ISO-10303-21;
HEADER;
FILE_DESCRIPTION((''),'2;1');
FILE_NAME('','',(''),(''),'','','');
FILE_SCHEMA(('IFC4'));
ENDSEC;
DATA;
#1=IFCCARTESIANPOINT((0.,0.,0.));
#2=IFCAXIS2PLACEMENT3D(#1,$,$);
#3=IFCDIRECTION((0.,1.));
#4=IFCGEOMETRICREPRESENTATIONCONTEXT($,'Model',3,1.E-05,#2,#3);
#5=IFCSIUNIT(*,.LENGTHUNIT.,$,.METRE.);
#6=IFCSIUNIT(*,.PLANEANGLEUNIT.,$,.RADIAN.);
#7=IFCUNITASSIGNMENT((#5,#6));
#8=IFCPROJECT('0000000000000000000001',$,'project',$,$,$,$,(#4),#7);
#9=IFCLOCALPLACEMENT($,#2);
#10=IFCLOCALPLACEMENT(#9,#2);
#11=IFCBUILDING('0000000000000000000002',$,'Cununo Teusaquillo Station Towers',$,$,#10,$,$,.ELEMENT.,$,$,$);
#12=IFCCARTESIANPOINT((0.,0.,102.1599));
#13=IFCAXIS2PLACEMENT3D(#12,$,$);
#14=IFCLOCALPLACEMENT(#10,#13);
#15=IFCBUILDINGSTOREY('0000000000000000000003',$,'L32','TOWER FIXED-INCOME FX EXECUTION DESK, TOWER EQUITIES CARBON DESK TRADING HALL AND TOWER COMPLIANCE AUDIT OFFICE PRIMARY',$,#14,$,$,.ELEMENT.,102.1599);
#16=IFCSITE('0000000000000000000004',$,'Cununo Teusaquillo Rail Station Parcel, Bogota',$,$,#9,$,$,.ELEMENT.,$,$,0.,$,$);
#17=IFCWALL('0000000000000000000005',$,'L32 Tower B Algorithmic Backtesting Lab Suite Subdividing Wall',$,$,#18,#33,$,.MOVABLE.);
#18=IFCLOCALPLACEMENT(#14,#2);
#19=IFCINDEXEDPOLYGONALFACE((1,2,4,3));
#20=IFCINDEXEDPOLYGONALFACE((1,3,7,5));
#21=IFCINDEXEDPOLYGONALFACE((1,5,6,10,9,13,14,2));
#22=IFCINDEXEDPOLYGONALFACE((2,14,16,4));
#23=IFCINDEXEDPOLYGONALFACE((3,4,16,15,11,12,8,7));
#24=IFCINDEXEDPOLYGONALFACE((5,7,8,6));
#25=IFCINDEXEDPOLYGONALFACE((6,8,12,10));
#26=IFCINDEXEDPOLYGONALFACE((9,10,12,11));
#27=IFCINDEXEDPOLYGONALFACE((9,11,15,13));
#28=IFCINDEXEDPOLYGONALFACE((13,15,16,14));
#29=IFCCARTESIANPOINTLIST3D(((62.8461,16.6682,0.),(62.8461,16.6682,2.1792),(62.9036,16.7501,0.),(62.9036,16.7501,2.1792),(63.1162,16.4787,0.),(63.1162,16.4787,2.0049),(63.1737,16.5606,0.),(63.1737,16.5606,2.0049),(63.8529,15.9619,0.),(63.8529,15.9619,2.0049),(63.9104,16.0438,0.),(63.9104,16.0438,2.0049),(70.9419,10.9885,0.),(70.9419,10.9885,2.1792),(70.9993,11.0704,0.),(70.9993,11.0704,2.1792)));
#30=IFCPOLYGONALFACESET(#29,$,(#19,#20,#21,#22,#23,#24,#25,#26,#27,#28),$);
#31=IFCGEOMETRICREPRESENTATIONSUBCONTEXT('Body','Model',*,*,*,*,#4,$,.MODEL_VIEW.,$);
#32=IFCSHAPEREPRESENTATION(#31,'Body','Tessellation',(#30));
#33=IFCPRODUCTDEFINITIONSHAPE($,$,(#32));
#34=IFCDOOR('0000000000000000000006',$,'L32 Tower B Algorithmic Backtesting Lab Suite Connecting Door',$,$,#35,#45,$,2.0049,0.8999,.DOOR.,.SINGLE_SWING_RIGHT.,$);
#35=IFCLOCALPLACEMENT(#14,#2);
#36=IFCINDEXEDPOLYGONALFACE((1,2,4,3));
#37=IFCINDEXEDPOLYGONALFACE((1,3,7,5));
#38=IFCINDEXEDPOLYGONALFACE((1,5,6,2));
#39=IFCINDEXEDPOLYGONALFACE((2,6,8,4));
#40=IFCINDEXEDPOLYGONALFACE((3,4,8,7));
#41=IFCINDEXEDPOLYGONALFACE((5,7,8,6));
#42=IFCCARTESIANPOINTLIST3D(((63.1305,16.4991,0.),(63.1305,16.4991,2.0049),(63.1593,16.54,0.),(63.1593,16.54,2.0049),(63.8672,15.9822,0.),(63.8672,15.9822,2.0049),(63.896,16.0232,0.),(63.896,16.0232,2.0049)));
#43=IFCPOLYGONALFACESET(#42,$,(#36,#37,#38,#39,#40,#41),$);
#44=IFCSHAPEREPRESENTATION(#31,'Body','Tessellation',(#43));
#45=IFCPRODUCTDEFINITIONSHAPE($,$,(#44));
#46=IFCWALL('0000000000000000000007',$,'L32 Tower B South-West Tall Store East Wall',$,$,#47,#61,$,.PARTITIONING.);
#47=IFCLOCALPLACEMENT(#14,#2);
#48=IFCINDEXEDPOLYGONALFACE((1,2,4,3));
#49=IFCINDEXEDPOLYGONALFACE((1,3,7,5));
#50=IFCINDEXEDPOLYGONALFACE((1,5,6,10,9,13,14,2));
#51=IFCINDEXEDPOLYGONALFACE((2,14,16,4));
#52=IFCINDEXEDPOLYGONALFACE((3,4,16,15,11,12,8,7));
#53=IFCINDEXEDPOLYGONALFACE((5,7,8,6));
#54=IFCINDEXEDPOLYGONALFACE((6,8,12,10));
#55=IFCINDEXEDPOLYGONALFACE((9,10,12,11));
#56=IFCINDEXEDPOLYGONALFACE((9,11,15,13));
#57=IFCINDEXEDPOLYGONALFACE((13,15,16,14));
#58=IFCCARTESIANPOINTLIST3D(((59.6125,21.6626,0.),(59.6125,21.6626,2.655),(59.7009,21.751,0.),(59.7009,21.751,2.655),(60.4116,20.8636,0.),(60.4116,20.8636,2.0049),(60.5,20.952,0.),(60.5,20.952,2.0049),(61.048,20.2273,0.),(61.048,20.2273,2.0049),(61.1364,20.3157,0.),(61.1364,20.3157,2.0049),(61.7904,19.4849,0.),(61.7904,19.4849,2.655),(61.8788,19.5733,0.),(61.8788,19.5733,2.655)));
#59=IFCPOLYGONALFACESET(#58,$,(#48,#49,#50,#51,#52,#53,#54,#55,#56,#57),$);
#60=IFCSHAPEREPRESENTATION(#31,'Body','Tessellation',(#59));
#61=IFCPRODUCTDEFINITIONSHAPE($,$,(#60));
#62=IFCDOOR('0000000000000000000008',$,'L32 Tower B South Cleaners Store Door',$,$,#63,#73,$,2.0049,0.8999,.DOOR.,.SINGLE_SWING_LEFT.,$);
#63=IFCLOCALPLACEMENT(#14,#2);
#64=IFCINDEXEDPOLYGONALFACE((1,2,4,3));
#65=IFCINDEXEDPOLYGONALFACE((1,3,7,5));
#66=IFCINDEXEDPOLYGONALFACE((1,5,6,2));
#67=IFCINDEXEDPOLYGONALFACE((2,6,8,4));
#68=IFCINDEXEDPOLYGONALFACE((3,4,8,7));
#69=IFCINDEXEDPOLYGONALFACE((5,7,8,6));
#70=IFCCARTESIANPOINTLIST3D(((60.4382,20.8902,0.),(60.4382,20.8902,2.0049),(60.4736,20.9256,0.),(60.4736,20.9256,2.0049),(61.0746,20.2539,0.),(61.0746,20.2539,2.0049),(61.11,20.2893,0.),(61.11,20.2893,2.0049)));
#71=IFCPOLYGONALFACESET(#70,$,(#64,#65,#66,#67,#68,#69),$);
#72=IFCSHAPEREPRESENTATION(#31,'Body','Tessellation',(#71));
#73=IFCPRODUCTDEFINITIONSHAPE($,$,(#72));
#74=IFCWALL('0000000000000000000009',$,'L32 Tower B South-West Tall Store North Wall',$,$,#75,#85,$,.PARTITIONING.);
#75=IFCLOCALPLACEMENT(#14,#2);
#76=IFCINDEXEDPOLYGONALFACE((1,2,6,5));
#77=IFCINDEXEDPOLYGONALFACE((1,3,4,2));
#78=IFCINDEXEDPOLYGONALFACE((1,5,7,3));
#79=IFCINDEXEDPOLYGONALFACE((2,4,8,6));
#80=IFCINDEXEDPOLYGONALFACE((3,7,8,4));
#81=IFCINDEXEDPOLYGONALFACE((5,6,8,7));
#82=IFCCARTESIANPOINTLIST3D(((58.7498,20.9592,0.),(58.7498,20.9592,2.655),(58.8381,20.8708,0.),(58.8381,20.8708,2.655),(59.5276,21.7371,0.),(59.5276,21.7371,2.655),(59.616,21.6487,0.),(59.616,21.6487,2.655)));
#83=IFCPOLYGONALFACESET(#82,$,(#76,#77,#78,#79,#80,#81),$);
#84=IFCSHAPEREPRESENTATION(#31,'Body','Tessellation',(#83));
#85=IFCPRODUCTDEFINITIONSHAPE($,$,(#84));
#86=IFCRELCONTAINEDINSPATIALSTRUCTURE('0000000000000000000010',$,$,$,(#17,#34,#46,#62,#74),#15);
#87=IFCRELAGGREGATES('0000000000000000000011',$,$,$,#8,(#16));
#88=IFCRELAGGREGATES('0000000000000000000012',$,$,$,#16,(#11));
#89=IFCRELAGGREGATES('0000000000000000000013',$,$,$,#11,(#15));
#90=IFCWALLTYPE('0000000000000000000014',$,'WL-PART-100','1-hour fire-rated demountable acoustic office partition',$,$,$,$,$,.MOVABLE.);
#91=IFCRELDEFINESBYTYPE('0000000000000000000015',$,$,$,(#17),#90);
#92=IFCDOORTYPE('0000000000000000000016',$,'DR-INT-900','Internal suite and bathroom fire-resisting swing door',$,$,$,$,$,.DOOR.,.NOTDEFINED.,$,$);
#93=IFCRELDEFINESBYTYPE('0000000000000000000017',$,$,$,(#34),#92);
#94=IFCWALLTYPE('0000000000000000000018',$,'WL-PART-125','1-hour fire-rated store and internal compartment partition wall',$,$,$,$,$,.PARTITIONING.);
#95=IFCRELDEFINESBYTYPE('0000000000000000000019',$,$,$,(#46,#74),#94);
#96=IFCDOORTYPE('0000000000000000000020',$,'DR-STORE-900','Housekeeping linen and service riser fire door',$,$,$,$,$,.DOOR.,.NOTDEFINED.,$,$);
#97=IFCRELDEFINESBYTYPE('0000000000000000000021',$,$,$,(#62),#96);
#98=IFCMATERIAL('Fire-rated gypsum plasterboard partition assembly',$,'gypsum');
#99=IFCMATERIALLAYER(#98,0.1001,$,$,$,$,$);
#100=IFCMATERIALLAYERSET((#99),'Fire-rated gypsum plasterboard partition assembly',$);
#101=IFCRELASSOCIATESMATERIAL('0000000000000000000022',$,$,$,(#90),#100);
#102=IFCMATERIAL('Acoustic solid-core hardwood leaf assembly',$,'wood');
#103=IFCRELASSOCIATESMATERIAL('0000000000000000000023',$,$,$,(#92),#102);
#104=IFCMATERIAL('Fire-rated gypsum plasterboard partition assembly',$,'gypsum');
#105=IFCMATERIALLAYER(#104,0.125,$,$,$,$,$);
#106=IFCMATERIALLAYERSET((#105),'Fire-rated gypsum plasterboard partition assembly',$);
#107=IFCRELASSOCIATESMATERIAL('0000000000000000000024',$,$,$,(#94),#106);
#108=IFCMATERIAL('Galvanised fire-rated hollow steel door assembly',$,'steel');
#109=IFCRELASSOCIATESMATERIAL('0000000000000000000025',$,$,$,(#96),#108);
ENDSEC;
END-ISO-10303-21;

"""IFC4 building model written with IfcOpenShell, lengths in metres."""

from ifc_helpers import new_model, si_unit, direction, frame, frame_2d, origin, place, context, subcontext, project, spatial, rectangle, extrude, source, transform, mapped, material, layer, layer_set, type_object, element, fill, save


model = new_model("IFC4")

# Units and contexts
model_context = context("Model", 3, precision=1e-05, world=origin(), true_north=direction((0.0, 1.0)))
body_context = subcontext(model_context, "Body", "Model", "MODEL_VIEW")
ifc_project = project(units=[si_unit("LENGTHUNIT", "METRE"), si_unit("PLANEANGLEUNIT", "RADIAN")], contexts=[model_context])

# Site, building, storey
site_placement = place(None, origin())
site = spatial("IfcSite", under=ifc_project, at=site_placement, Name="Cununo Teusaquillo Rail Station Parcel, Bogota", CompositionType="ELEMENT", RefElevation=0.0)
building_placement = place(site_placement, origin())
building = spatial("IfcBuilding", under=site, at=building_placement, Name="Cununo Teusaquillo Station Towers", CompositionType="ELEMENT")
storey_placement = place(building_placement, frame((0.0, 0.0, 102.1599)))
storey = spatial("IfcBuildingStorey", under=building, at=storey_placement, Name="L32", Description="TOWER FIXED-INCOME FX EXECUTION DESK, TOWER EQUITIES CARBON DESK TRADING HALL AND TOWER COMPLIANCE AUDIT OFFICE PRIMARY", CompositionType="ELEMENT", Elevation=102.1599)

# Shared definitions
ifc_material_1 = material(Name="Fire-rated gypsum plasterboard partition assembly", Category="gypsum")
ifc_layer_1 = layer(ifc_material_1, 0.1001)
ifc_layer_set_1 = layer_set([ifc_layer_1], Name="Fire-rated gypsum plasterboard partition assembly")
wall_type_1 = type_object("IfcWallType", Name="WL-PART-100", Description="1-hour fire-rated demountable acoustic office partition", PredefinedType="MOVABLE", material=ifc_layer_set_1)

# Walls, openings, doors
wall_1_placement = place(storey_placement, frame((62.8748, 16.7092, 0.0), z_axis=(0.0, 0.0, 1.0), x_axis=(0.818628, -0.574324, 0.0)))
wall_1 = element("IfcWall", 1, at=wall_1_placement, inside=storey, type_object=wall_type_1, Name="L32 Tower B Algorithmic Backtesting Lab Suite Subdividing Wall", PredefinedType="MOVABLE", context=body_context, shape_type="SweptSolid", body=[
    extrude(rectangle(XDim=9.8894, YDim=0.1001, at=frame_2d((4.9448, 0.0))), origin(), (0.0, 0.0, 1.0), 2.1792),
])
shared_shape_1 = source(origin(), body_context, "Body", "SweptSolid", [
    extrude(rectangle(XDim=0.8999, YDim=2.0049, at=frame_2d((0.45, 1.0024))), frame((0.0, 0.0601, 0.0), z_axis=(0.0, -1.0, 0.0), x_axis=(1.0, 0.0, 0.0)), (0.0, 0.0, 1.0), 0.1201),
])
opening_1_placement = place(wall_1_placement, frame((0.3301, 0.0, 0.0)))
opening_1 = element("IfcOpeningElement", 2, at=opening_1_placement, cuts=wall_1, PredefinedType="OPENING", context=body_context, shape_type="MappedRepresentation", body=[
    mapped(shared_shape_1, transform((0.0, 0.0, 0.0), x_axis=(1.0, 0.0, 0.0), y_axis=(0.0, 1.0, 0.0), z_axis=(0.0, 0.0, 1.0), scale=1.0)),
])
ifc_material_2 = material(Name="Acoustic solid-core hardwood leaf assembly", Category="wood")
door_type_1 = type_object("IfcDoorType", Name="DR-INT-900", Description="Internal suite and bathroom fire-resisting swing door", OperationType="NOTDEFINED", PredefinedType="DOOR", material=ifc_material_2)
shared_shape_2 = source(origin(), body_context, "Body", "SweptSolid", [
    extrude(rectangle(XDim=0.8999, YDim=2.0049, at=frame_2d((0.45, 1.0024))), frame((0.0, 0.0249, 0.0), z_axis=(0.0, -1.0, 0.0), x_axis=(1.0, 0.0, 0.0)), (0.0, 0.0, 1.0), 0.05),
])
door_1_placement = place(opening_1_placement, origin())
door_1 = element("IfcDoor", 3, at=door_1_placement, inside=storey, type_object=door_type_1, Name="L32 Tower B Algorithmic Backtesting Lab Suite Connecting Door", OperationType="SINGLE_SWING_RIGHT", OverallHeight=2.0049, OverallWidth=0.8999, PredefinedType="DOOR", context=body_context, shape_type="MappedRepresentation", body=[
    mapped(shared_shape_2, transform((0.0, 0.0, 0.0), x_axis=(1.0, 0.0, 0.0), y_axis=(0.0, 1.0, 0.0), z_axis=(0.0, 0.0, 1.0), scale=1.0)),
])
fill(opening_1, door_1)
ifc_material_3 = material(Name="Fire-rated gypsum plasterboard partition assembly", Category="gypsum")
ifc_layer_2 = layer(ifc_material_3, 0.125)
ifc_layer_set_2 = layer_set([ifc_layer_2], Name="Fire-rated gypsum plasterboard partition assembly")
wall_type_2 = type_object("IfcWallType", Name="WL-PART-125", Description="1-hour fire-rated store and internal compartment partition wall", PredefinedType="PARTITIONING", material=ifc_layer_set_2)
wall_2_placement = place(storey_placement, frame((61.8347, 19.5291, 0.0), z_axis=(0.0, 0.0, 1.0), x_axis=(-0.707146, 0.707067, 0.0)))
wall_2 = element("IfcWall", 4, at=wall_2_placement, inside=storey, type_object=wall_type_2, Name="L32 Tower B South-West Tall Store East Wall", PredefinedType="PARTITIONING", context=body_context, shape_type="SweptSolid", body=[
    extrude(rectangle(XDim=3.0798, YDim=0.125, at=frame_2d((1.54, 0.0))), origin(), (0.0, 0.0, 1.0), 2.655),
])
shared_shape_3 = source(origin(), body_context, "Body", "SweptSolid", [
    extrude(rectangle(XDim=0.8999, YDim=2.0049, at=frame_2d((0.45, 1.0024))), frame((0.0, 0.0725, 0.0), z_axis=(0.0, -1.0, 0.0), x_axis=(1.0, 0.0, 0.0)), (0.0, 0.0, 1.0), 0.145),
])
opening_2_placement = place(wall_2_placement, frame((1.05, 0.0, 0.0)))
opening_2 = element("IfcOpeningElement", 5, at=opening_2_placement, cuts=wall_2, PredefinedType="OPENING", context=body_context, shape_type="MappedRepresentation", body=[
    mapped(shared_shape_3, transform((0.0, 0.0, 0.0), x_axis=(1.0, 0.0, 0.0), y_axis=(0.0, 1.0, 0.0), z_axis=(0.0, 0.0, 1.0), scale=1.0)),
])
ifc_material_4 = material(Name="Galvanised fire-rated hollow steel door assembly", Category="steel")
door_type_2 = type_object("IfcDoorType", Name="DR-STORE-900", Description="Housekeeping linen and service riser fire door", OperationType="NOTDEFINED", PredefinedType="DOOR", material=ifc_material_4)
door_2_placement = place(opening_2_placement, origin())
door_2 = element("IfcDoor", 6, at=door_2_placement, inside=storey, type_object=door_type_2, Name="L32 Tower B South Cleaners Store Door", OperationType="SINGLE_SWING_LEFT", OverallHeight=2.0049, OverallWidth=0.8999, PredefinedType="DOOR", context=body_context, shape_type="MappedRepresentation", body=[
    mapped(shared_shape_2, transform((0.0, 0.0, 0.0), x_axis=(1.0, 0.0, 0.0), y_axis=(0.0, 1.0, 0.0), z_axis=(0.0, 0.0, 1.0), scale=1.0)),
])
fill(opening_2, door_2)

# Wall
wall_3_placement = place(storey_placement, frame((58.7939, 20.915, 0.0), z_axis=(0.0, 0.0, 1.0), x_axis=(0.707107, 0.707107, 0.0)))
element("IfcWall", 7, at=wall_3_placement, inside=storey, type_object=wall_type_2, Name="L32 Tower B South-West Tall Store North Wall", PredefinedType="PARTITIONING", context=body_context, shape_type="SweptSolid", body=[
    extrude(rectangle(XDim=1.1001, YDim=0.125, at=frame_2d((0.55, 0.0))), origin(), (0.0, 0.0, 1.0), 2.655),
])

save(model, "model.ifc")
